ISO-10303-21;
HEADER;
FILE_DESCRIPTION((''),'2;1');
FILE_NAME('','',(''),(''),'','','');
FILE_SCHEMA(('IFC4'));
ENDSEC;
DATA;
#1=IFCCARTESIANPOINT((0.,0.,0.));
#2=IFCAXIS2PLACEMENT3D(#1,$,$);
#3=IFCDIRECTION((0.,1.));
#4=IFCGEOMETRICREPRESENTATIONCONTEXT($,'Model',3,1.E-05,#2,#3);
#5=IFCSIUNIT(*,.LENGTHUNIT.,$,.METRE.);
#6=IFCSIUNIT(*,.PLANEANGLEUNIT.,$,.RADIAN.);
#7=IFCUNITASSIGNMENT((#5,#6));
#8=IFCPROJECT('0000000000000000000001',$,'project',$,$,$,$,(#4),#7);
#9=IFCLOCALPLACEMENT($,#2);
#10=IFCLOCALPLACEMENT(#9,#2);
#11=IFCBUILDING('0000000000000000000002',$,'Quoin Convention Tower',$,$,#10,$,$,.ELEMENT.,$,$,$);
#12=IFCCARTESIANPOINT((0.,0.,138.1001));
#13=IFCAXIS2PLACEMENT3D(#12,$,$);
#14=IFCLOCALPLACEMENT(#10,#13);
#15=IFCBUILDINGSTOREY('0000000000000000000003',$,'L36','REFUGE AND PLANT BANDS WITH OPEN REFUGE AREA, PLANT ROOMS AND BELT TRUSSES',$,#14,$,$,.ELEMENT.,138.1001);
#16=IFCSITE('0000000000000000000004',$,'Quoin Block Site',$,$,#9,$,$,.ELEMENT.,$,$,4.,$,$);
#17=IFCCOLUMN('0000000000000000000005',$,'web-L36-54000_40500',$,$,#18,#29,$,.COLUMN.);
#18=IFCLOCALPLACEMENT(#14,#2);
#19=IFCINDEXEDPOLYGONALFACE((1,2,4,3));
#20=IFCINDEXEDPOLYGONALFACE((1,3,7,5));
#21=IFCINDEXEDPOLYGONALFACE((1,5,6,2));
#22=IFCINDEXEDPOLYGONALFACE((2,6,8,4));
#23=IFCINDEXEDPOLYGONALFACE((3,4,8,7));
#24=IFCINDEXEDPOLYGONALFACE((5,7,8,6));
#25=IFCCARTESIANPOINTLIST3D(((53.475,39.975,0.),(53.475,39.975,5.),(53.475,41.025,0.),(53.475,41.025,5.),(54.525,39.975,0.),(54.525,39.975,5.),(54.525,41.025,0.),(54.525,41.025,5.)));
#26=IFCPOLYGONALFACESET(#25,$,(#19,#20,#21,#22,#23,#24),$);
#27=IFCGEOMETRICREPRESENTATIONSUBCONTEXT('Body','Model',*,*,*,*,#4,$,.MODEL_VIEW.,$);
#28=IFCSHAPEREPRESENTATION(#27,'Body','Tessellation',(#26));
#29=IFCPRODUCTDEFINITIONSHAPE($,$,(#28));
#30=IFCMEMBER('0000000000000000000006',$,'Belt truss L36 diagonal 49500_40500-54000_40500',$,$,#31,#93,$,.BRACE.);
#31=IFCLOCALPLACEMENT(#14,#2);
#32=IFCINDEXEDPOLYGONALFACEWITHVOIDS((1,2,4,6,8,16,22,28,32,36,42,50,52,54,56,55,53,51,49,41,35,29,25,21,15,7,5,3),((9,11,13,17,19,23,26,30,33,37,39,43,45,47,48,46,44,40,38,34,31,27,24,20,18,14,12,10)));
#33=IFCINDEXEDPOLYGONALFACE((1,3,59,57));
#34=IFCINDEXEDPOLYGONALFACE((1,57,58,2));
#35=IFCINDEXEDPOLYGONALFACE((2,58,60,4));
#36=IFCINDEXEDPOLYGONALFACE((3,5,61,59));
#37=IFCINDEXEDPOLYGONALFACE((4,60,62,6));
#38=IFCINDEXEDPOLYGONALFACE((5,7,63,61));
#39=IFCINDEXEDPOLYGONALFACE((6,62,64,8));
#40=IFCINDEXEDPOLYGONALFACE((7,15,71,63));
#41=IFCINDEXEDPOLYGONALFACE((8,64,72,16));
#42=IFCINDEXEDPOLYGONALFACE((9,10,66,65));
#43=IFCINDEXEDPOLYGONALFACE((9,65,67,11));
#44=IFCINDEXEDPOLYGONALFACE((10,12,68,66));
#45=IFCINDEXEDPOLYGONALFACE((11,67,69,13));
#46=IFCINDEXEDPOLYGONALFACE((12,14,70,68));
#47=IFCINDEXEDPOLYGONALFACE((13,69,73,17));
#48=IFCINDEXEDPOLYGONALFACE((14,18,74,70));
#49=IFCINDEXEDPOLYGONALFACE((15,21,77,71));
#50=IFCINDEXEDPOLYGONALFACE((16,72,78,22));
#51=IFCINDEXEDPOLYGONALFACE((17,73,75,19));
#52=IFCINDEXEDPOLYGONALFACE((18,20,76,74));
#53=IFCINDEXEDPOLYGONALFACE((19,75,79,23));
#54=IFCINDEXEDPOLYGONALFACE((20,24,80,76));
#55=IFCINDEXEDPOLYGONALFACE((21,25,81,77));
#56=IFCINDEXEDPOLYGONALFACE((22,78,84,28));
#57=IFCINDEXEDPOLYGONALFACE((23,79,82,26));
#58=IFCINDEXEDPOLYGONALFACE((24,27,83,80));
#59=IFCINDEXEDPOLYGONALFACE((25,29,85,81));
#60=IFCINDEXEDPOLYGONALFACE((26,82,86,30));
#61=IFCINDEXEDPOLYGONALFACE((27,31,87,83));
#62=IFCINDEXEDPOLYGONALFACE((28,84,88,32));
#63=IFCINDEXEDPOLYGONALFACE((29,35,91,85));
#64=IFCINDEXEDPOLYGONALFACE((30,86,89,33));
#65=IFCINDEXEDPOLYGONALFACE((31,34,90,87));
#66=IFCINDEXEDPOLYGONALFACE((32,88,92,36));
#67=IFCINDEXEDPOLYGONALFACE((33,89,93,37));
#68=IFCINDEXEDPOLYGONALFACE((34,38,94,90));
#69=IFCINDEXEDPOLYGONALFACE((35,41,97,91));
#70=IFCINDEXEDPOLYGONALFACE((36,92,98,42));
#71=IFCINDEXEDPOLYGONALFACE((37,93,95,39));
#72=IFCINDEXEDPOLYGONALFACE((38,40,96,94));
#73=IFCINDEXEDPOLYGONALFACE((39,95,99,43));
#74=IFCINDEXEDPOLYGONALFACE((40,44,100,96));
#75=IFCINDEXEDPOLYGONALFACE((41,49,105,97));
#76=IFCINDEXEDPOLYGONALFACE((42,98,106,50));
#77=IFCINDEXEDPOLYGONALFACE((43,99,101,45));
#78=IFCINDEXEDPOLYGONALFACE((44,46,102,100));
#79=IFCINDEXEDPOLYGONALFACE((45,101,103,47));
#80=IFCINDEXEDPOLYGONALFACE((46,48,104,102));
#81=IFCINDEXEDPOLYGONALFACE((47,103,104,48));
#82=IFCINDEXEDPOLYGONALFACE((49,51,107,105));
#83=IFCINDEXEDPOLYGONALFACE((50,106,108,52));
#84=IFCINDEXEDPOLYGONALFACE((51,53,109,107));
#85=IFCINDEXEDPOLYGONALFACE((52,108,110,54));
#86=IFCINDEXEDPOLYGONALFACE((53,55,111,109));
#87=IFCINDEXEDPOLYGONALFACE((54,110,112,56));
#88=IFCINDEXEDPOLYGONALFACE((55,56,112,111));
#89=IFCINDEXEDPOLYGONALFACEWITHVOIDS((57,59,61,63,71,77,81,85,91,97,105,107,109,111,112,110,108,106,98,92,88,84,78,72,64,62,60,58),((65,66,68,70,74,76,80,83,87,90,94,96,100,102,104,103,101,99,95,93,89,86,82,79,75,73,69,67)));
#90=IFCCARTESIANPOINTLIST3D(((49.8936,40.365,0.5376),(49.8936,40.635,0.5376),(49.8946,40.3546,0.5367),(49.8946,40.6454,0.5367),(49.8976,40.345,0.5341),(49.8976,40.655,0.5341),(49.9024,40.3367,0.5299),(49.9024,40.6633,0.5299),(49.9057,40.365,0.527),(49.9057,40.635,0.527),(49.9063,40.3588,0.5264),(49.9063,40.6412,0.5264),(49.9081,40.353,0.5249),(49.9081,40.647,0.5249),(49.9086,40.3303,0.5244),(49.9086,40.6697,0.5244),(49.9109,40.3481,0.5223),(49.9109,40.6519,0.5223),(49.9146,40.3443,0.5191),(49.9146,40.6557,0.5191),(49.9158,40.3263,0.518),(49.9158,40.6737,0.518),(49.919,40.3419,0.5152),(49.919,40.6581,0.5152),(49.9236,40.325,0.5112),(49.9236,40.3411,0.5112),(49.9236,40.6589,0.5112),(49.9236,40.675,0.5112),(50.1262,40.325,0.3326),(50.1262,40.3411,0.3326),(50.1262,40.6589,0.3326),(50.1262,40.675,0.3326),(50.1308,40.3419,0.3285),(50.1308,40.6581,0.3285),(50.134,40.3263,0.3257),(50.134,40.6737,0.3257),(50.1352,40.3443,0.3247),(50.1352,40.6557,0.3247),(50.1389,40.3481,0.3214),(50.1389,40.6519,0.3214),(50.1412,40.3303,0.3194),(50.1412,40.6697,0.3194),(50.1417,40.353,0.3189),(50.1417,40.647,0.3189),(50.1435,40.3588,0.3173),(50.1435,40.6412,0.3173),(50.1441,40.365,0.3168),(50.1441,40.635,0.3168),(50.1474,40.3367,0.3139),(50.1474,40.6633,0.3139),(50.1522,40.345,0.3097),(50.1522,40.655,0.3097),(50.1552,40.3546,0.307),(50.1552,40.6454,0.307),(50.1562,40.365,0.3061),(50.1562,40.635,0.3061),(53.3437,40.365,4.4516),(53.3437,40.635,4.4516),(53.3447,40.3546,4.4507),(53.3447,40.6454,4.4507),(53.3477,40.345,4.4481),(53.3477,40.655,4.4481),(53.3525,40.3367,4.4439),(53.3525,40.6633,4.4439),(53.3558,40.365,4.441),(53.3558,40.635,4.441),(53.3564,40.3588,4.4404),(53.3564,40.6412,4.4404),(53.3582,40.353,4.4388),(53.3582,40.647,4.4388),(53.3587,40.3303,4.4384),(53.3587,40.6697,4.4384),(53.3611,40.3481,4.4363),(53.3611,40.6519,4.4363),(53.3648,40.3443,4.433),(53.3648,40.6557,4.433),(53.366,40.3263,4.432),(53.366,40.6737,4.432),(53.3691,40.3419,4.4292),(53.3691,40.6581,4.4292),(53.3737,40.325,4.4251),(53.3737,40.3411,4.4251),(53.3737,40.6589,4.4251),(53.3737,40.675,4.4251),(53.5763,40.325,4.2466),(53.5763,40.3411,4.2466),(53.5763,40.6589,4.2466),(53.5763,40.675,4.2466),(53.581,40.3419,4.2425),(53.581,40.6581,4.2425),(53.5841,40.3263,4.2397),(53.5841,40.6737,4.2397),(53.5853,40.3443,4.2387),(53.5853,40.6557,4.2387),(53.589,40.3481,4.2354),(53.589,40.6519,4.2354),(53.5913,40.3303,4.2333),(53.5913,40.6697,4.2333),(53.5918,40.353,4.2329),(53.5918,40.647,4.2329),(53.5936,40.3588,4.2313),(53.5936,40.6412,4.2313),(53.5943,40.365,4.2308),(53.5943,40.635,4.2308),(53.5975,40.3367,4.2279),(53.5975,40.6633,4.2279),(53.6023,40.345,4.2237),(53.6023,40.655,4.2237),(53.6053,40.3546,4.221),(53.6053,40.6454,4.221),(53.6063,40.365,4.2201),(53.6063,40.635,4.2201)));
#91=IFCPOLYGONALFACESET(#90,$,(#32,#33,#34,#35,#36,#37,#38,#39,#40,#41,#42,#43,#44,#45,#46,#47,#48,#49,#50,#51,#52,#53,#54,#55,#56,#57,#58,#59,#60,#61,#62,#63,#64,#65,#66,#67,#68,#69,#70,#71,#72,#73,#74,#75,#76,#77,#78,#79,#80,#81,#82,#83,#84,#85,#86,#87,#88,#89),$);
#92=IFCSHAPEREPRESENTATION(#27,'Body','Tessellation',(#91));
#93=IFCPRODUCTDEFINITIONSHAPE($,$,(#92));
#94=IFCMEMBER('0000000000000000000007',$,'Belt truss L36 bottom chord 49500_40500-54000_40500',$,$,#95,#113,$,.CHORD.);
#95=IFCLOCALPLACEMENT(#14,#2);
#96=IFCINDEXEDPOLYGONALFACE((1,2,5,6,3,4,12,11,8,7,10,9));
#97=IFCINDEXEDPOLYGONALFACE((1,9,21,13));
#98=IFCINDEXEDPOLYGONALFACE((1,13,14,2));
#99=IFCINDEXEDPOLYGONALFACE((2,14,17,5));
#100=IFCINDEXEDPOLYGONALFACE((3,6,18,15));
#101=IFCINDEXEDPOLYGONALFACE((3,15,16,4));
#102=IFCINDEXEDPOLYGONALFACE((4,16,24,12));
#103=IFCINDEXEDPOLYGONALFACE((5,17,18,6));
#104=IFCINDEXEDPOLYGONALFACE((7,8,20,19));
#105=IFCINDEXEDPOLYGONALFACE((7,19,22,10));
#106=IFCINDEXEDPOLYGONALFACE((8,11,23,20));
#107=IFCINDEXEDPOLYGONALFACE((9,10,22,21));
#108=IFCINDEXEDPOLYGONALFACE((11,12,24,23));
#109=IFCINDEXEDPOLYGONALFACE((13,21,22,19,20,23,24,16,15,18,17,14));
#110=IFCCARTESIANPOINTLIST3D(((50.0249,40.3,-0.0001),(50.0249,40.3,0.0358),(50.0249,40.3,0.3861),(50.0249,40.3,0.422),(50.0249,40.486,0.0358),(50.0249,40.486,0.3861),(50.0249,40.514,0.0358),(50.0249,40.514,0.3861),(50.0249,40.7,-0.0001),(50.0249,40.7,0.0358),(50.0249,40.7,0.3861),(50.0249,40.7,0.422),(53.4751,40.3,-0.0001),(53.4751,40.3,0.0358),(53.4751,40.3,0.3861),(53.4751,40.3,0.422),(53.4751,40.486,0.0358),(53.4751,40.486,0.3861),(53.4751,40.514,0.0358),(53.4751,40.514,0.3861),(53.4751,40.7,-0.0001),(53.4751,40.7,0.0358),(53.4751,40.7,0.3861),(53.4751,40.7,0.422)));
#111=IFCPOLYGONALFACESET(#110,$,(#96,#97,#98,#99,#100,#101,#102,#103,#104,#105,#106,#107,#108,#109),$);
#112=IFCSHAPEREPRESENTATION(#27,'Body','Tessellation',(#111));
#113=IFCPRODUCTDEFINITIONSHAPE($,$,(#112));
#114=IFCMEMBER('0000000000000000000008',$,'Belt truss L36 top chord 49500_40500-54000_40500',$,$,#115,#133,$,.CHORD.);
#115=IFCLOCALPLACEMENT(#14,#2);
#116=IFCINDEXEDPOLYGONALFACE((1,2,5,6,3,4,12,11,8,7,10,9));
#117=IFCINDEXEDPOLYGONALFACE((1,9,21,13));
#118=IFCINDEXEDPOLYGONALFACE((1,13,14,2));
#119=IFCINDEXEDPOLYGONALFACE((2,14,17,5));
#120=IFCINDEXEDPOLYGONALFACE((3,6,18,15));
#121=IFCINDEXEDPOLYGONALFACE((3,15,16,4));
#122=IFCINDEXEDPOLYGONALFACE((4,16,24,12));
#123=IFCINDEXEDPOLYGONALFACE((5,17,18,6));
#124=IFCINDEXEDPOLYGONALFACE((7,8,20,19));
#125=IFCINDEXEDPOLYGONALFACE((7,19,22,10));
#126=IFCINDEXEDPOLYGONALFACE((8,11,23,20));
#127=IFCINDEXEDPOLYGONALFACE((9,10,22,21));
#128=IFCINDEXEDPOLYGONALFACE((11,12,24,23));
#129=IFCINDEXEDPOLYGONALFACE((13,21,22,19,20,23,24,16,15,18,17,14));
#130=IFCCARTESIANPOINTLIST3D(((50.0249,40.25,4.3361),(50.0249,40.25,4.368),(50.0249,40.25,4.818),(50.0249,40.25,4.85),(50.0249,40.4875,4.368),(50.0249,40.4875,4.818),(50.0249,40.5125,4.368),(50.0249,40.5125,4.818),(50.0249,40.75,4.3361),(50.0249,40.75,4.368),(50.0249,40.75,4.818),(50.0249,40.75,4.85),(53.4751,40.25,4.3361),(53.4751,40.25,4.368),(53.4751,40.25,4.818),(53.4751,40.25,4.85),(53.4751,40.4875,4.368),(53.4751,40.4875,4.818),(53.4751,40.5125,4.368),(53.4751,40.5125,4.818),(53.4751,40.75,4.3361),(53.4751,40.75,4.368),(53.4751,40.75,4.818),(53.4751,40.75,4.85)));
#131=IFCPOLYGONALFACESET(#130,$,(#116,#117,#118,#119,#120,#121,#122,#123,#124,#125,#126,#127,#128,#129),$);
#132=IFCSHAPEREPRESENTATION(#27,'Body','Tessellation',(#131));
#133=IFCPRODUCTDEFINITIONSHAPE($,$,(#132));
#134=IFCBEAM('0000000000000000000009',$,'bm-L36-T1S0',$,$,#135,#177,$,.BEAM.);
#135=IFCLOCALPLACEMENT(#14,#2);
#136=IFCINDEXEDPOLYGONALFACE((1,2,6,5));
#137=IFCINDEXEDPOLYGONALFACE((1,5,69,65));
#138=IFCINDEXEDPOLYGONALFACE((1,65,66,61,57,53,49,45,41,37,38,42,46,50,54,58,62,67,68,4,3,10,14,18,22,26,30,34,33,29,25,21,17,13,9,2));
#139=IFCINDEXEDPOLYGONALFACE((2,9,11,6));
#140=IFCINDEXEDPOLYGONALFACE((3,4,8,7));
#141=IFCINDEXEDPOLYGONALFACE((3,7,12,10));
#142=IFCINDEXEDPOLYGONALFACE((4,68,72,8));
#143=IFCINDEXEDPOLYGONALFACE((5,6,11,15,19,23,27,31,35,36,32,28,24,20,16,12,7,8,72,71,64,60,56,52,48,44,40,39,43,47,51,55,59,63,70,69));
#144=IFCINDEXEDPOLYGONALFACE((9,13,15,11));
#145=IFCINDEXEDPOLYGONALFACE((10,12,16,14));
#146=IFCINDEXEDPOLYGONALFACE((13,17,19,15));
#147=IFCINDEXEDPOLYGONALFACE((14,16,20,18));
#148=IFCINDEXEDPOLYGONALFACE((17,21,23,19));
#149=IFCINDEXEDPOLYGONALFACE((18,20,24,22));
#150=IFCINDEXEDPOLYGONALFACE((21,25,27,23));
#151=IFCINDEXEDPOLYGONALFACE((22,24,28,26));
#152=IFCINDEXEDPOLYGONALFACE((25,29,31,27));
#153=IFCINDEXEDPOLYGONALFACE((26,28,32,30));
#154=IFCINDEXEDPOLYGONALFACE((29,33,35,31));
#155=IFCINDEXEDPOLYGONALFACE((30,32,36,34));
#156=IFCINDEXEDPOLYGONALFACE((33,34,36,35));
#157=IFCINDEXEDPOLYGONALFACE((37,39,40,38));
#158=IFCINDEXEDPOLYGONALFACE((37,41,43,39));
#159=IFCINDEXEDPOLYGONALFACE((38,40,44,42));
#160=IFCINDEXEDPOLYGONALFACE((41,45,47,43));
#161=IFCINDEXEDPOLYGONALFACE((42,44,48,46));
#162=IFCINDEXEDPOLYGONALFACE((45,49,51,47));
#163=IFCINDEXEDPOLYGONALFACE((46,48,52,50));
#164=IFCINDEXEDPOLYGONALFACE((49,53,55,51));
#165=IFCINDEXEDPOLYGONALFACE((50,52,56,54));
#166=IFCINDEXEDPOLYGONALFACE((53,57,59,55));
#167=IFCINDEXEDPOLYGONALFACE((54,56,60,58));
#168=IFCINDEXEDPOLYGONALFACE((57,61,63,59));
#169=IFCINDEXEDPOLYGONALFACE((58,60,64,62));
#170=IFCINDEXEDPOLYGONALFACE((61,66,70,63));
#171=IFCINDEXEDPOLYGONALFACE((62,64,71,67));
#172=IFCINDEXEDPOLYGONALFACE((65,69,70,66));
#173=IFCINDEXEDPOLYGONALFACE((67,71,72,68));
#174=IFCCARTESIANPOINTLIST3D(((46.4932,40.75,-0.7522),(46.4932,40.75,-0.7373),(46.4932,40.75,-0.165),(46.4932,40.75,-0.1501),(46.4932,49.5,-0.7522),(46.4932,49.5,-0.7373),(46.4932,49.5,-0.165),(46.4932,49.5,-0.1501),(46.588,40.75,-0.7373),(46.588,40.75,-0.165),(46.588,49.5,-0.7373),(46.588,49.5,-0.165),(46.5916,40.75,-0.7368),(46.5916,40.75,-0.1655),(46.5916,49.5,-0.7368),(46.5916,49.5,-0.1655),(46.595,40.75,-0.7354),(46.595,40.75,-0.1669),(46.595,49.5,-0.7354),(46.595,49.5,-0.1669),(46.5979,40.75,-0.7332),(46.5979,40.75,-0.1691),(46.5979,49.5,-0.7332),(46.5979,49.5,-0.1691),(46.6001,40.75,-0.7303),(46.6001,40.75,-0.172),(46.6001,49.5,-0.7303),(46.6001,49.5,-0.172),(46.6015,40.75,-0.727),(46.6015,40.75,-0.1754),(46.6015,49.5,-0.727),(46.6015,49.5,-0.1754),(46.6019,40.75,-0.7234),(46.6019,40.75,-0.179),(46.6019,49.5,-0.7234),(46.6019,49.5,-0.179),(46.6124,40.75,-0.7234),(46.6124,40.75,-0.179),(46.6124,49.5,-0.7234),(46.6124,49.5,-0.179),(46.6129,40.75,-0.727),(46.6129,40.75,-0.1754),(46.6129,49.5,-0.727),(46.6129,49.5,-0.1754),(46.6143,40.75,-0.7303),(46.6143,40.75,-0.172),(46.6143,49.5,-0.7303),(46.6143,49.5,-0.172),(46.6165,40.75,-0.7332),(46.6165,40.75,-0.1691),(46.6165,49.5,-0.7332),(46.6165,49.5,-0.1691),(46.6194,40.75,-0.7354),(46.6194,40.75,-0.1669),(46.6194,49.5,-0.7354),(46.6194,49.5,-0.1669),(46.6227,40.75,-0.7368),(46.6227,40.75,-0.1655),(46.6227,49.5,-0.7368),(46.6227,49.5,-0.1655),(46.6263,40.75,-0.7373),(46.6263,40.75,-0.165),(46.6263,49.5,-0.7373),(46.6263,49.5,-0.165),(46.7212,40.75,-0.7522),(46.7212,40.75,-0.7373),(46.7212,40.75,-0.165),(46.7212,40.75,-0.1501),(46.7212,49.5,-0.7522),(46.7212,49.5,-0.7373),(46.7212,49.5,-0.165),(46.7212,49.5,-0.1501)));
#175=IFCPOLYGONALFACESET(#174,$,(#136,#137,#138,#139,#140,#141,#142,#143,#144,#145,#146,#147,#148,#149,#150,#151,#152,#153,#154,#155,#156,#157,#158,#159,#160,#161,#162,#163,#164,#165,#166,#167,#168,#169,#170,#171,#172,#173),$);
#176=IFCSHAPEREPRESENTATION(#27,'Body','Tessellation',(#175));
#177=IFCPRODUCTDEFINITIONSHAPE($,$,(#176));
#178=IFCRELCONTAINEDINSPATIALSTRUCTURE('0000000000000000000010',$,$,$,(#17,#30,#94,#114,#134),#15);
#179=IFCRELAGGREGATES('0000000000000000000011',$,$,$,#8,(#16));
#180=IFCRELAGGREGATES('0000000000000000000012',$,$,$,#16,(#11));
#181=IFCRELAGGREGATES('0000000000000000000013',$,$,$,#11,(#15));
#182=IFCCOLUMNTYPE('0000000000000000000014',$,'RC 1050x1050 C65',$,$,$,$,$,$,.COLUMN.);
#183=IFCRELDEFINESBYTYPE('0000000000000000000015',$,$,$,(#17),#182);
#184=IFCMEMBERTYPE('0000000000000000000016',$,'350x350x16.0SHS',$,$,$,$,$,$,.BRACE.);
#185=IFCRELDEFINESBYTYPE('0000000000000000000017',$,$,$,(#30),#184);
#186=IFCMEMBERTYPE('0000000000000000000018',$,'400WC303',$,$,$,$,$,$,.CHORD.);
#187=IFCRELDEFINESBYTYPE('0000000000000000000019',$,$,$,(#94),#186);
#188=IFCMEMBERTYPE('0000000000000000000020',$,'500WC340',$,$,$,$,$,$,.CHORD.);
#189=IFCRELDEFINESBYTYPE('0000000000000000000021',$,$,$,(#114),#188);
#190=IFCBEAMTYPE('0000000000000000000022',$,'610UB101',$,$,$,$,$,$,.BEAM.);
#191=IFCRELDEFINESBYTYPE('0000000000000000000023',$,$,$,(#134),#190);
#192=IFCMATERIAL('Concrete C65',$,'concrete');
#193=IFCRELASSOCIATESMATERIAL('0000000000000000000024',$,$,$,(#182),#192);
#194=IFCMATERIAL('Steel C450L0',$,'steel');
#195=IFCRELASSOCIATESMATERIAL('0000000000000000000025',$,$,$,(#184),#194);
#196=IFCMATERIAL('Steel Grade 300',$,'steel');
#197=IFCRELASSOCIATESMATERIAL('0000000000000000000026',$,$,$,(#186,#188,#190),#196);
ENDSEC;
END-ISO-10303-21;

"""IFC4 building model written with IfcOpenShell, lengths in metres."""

from ifc_helpers import new_model, si_unit, direction, frame, origin, origin_2d, place, context, subcontext, project, spatial, rectangle, hollow_rectangle, i_section, extrude, material, material_profile, profile_set, type_object, element, save


model = new_model("IFC4")

# Units and contexts
model_context = context("Model", 3, precision=1e-05, world=origin(), true_north=direction((0.0, 1.0)))
body_context = subcontext(model_context, "Body", "Model", "MODEL_VIEW")
ifc_project = project(units=[si_unit("LENGTHUNIT", "METRE"), si_unit("PLANEANGLEUNIT", "RADIAN")], contexts=[model_context])

# Site, building, storey
site_placement = place(None, origin())
site = spatial("IfcSite", under=ifc_project, at=site_placement, Name="Quoin Block Site", CompositionType="ELEMENT", RefElevation=4.0)
building_placement = place(site_placement, origin())
building = spatial("IfcBuilding", under=site, at=building_placement, Name="Quoin Convention Tower", CompositionType="ELEMENT")
storey_placement = place(building_placement, frame((0.0, 0.0, 138.1001)))
storey = spatial("IfcBuildingStorey", under=building, at=storey_placement, Name="L36", Description="REFUGE AND PLANT BANDS WITH OPEN REFUGE AREA, PLANT ROOMS AND BELT TRUSSES", CompositionType="ELEMENT", Elevation=138.1001)

# Column
ifc_material_1 = material(Name="Concrete C65", Category="concrete")
ifc_material_profile_1 = material_profile(ifc_material_1, rectangle(XDim=1.05, YDim=1.05, at=origin_2d()), Name="RC 1050x1050")
ifc_profile_set_1 = profile_set([ifc_material_profile_1], Name="Concrete C65")
column_type = type_object("IfcColumnType", Name="RC 1050x1050 C65", PredefinedType="COLUMN", material=ifc_profile_set_1)
column_placement = place(storey_placement, frame((54.0, 40.5, 0.0), z_axis=(0.0, 0.0, 1.0), x_axis=(1.0, 0.0, 0.0)))
element("IfcColumn", 1, at=column_placement, inside=storey, type_object=column_type, Name="web-L36-54000_40500", PredefinedType="COLUMN", context=body_context, shape_type="SweptSolid", body=[
    extrude(rectangle(XDim=1.05, YDim=1.05, at=origin_2d()), origin(), (0.0, 0.0, 1.0), 5.0),
])

# Members
ifc_material_2 = material(Name="Steel C450L0", Category="steel")
ifc_material_profile_2 = material_profile(ifc_material_2, hollow_rectangle(XDim=0.3501, YDim=0.3501, WallThickness=0.0161, InnerFilletRadius=0.0239, OuterFilletRadius=0.04, at=origin_2d()), Name="350x350x16.0SHS")
ifc_profile_set_2 = profile_set([ifc_material_profile_2], Name="Steel C450L0")
member_type_1 = type_object("IfcMemberType", Name="350x350x16.0SHS", PredefinedType="BRACE", material=ifc_profile_set_2)
member_1_placement = place(storey_placement, frame((50.0249, 40.5, 0.4219), z_axis=(0.661256, 0.0, 0.75016), x_axis=(0.0, 1.0, 0.0)))
element("IfcMember", 2, at=member_1_placement, inside=storey, type_object=member_type_1, Name="Belt truss L36 diagonal 49500_40500-54000_40500", PredefinedType="BRACE", context=body_context, shape_type="SweptSolid", body=[
    extrude(hollow_rectangle(XDim=0.3501, YDim=0.3501, WallThickness=0.0161, InnerFilletRadius=0.0239, OuterFilletRadius=0.04, at=origin_2d()), origin(), (0.0, 0.0, 1.0), 5.2175),
])
ifc_material_3 = material(Name="Steel Grade 300", Category="steel")
ifc_material_profile_3 = material_profile(ifc_material_3, i_section(OverallWidth=0.3999, OverallDepth=0.4221, WebThickness=0.0281, FlangeThickness=0.0359, at=origin_2d()), Name="400WC303")
ifc_profile_set_3 = profile_set([ifc_material_profile_3], Name="Steel Grade 300")
member_type_2 = type_object("IfcMemberType", Name="400WC303", PredefinedType="CHORD", material=ifc_profile_set_3)
member_2_placement = place(storey_placement, frame((50.0249, 40.5, 0.2109), z_axis=(1.0, 0.0, 0.0), x_axis=(0.0, 1.0, 0.0)))
element("IfcMember", 3, at=member_2_placement, inside=storey, type_object=member_type_2, Name="Belt truss L36 bottom chord 49500_40500-54000_40500", PredefinedType="CHORD", context=body_context, shape_type="SweptSolid", body=[
    extrude(i_section(OverallWidth=0.3999, OverallDepth=0.4221, WebThickness=0.0281, FlangeThickness=0.0359, at=origin_2d()), origin(), (0.0, 0.0, 1.0), 3.4502),
])
ifc_material_profile_4 = material_profile(ifc_material_3, i_section(OverallWidth=0.5, OverallDepth=0.5139, WebThickness=0.0249, FlangeThickness=0.032, at=origin_2d()), Name="500WC340")
ifc_profile_set_4 = profile_set([ifc_material_profile_4], Name="Steel Grade 300")
member_type_3 = type_object("IfcMemberType", Name="500WC340", PredefinedType="CHORD", material=ifc_profile_set_4)
member_3_placement = place(storey_placement, frame((50.0249, 40.5, 4.593), z_axis=(1.0, 0.0, 0.0), x_axis=(0.0, 1.0, 0.0)))
element("IfcMember", 4, at=member_3_placement, inside=storey, type_object=member_type_3, Name="Belt truss L36 top chord 49500_40500-54000_40500", PredefinedType="CHORD", context=body_context, shape_type="SweptSolid", body=[
    extrude(i_section(OverallWidth=0.5, OverallDepth=0.5139, WebThickness=0.0249, FlangeThickness=0.032, at=origin_2d()), origin(), (0.0, 0.0, 1.0), 3.4502),
])

# Beam
ifc_material_profile_5 = material_profile(ifc_material_3, i_section(OverallWidth=0.228, OverallDepth=0.6021, WebThickness=0.0105, FlangeThickness=0.0149, FilletRadius=0.0139, at=origin_2d()), Name="610UB101")
ifc_profile_set_5 = profile_set([ifc_material_profile_5], Name="Steel Grade 300")
beam_type_1 = type_object("IfcBeamType", Name="610UB101", PredefinedType="BEAM", material=ifc_profile_set_5)
beam_1_placement = place(storey_placement, frame((46.6072, 40.75, -0.4512), z_axis=(0.0, 1.0, 0.0), x_axis=(-1.0, 0.0, 0.0)))
element("IfcBeam", 5, at=beam_1_placement, inside=storey, type_object=beam_type_1, Name="bm-L36-T1S0", PredefinedType="BEAM", context=body_context, shape_type="SweptSolid", body=[
    extrude(i_section(OverallWidth=0.228, OverallDepth=0.6021, WebThickness=0.0105, FlangeThickness=0.0149, FilletRadius=0.0139, at=origin_2d()), origin(), (0.0, 0.0, 1.0), 8.75),
])

save(model, "model.ifc")
